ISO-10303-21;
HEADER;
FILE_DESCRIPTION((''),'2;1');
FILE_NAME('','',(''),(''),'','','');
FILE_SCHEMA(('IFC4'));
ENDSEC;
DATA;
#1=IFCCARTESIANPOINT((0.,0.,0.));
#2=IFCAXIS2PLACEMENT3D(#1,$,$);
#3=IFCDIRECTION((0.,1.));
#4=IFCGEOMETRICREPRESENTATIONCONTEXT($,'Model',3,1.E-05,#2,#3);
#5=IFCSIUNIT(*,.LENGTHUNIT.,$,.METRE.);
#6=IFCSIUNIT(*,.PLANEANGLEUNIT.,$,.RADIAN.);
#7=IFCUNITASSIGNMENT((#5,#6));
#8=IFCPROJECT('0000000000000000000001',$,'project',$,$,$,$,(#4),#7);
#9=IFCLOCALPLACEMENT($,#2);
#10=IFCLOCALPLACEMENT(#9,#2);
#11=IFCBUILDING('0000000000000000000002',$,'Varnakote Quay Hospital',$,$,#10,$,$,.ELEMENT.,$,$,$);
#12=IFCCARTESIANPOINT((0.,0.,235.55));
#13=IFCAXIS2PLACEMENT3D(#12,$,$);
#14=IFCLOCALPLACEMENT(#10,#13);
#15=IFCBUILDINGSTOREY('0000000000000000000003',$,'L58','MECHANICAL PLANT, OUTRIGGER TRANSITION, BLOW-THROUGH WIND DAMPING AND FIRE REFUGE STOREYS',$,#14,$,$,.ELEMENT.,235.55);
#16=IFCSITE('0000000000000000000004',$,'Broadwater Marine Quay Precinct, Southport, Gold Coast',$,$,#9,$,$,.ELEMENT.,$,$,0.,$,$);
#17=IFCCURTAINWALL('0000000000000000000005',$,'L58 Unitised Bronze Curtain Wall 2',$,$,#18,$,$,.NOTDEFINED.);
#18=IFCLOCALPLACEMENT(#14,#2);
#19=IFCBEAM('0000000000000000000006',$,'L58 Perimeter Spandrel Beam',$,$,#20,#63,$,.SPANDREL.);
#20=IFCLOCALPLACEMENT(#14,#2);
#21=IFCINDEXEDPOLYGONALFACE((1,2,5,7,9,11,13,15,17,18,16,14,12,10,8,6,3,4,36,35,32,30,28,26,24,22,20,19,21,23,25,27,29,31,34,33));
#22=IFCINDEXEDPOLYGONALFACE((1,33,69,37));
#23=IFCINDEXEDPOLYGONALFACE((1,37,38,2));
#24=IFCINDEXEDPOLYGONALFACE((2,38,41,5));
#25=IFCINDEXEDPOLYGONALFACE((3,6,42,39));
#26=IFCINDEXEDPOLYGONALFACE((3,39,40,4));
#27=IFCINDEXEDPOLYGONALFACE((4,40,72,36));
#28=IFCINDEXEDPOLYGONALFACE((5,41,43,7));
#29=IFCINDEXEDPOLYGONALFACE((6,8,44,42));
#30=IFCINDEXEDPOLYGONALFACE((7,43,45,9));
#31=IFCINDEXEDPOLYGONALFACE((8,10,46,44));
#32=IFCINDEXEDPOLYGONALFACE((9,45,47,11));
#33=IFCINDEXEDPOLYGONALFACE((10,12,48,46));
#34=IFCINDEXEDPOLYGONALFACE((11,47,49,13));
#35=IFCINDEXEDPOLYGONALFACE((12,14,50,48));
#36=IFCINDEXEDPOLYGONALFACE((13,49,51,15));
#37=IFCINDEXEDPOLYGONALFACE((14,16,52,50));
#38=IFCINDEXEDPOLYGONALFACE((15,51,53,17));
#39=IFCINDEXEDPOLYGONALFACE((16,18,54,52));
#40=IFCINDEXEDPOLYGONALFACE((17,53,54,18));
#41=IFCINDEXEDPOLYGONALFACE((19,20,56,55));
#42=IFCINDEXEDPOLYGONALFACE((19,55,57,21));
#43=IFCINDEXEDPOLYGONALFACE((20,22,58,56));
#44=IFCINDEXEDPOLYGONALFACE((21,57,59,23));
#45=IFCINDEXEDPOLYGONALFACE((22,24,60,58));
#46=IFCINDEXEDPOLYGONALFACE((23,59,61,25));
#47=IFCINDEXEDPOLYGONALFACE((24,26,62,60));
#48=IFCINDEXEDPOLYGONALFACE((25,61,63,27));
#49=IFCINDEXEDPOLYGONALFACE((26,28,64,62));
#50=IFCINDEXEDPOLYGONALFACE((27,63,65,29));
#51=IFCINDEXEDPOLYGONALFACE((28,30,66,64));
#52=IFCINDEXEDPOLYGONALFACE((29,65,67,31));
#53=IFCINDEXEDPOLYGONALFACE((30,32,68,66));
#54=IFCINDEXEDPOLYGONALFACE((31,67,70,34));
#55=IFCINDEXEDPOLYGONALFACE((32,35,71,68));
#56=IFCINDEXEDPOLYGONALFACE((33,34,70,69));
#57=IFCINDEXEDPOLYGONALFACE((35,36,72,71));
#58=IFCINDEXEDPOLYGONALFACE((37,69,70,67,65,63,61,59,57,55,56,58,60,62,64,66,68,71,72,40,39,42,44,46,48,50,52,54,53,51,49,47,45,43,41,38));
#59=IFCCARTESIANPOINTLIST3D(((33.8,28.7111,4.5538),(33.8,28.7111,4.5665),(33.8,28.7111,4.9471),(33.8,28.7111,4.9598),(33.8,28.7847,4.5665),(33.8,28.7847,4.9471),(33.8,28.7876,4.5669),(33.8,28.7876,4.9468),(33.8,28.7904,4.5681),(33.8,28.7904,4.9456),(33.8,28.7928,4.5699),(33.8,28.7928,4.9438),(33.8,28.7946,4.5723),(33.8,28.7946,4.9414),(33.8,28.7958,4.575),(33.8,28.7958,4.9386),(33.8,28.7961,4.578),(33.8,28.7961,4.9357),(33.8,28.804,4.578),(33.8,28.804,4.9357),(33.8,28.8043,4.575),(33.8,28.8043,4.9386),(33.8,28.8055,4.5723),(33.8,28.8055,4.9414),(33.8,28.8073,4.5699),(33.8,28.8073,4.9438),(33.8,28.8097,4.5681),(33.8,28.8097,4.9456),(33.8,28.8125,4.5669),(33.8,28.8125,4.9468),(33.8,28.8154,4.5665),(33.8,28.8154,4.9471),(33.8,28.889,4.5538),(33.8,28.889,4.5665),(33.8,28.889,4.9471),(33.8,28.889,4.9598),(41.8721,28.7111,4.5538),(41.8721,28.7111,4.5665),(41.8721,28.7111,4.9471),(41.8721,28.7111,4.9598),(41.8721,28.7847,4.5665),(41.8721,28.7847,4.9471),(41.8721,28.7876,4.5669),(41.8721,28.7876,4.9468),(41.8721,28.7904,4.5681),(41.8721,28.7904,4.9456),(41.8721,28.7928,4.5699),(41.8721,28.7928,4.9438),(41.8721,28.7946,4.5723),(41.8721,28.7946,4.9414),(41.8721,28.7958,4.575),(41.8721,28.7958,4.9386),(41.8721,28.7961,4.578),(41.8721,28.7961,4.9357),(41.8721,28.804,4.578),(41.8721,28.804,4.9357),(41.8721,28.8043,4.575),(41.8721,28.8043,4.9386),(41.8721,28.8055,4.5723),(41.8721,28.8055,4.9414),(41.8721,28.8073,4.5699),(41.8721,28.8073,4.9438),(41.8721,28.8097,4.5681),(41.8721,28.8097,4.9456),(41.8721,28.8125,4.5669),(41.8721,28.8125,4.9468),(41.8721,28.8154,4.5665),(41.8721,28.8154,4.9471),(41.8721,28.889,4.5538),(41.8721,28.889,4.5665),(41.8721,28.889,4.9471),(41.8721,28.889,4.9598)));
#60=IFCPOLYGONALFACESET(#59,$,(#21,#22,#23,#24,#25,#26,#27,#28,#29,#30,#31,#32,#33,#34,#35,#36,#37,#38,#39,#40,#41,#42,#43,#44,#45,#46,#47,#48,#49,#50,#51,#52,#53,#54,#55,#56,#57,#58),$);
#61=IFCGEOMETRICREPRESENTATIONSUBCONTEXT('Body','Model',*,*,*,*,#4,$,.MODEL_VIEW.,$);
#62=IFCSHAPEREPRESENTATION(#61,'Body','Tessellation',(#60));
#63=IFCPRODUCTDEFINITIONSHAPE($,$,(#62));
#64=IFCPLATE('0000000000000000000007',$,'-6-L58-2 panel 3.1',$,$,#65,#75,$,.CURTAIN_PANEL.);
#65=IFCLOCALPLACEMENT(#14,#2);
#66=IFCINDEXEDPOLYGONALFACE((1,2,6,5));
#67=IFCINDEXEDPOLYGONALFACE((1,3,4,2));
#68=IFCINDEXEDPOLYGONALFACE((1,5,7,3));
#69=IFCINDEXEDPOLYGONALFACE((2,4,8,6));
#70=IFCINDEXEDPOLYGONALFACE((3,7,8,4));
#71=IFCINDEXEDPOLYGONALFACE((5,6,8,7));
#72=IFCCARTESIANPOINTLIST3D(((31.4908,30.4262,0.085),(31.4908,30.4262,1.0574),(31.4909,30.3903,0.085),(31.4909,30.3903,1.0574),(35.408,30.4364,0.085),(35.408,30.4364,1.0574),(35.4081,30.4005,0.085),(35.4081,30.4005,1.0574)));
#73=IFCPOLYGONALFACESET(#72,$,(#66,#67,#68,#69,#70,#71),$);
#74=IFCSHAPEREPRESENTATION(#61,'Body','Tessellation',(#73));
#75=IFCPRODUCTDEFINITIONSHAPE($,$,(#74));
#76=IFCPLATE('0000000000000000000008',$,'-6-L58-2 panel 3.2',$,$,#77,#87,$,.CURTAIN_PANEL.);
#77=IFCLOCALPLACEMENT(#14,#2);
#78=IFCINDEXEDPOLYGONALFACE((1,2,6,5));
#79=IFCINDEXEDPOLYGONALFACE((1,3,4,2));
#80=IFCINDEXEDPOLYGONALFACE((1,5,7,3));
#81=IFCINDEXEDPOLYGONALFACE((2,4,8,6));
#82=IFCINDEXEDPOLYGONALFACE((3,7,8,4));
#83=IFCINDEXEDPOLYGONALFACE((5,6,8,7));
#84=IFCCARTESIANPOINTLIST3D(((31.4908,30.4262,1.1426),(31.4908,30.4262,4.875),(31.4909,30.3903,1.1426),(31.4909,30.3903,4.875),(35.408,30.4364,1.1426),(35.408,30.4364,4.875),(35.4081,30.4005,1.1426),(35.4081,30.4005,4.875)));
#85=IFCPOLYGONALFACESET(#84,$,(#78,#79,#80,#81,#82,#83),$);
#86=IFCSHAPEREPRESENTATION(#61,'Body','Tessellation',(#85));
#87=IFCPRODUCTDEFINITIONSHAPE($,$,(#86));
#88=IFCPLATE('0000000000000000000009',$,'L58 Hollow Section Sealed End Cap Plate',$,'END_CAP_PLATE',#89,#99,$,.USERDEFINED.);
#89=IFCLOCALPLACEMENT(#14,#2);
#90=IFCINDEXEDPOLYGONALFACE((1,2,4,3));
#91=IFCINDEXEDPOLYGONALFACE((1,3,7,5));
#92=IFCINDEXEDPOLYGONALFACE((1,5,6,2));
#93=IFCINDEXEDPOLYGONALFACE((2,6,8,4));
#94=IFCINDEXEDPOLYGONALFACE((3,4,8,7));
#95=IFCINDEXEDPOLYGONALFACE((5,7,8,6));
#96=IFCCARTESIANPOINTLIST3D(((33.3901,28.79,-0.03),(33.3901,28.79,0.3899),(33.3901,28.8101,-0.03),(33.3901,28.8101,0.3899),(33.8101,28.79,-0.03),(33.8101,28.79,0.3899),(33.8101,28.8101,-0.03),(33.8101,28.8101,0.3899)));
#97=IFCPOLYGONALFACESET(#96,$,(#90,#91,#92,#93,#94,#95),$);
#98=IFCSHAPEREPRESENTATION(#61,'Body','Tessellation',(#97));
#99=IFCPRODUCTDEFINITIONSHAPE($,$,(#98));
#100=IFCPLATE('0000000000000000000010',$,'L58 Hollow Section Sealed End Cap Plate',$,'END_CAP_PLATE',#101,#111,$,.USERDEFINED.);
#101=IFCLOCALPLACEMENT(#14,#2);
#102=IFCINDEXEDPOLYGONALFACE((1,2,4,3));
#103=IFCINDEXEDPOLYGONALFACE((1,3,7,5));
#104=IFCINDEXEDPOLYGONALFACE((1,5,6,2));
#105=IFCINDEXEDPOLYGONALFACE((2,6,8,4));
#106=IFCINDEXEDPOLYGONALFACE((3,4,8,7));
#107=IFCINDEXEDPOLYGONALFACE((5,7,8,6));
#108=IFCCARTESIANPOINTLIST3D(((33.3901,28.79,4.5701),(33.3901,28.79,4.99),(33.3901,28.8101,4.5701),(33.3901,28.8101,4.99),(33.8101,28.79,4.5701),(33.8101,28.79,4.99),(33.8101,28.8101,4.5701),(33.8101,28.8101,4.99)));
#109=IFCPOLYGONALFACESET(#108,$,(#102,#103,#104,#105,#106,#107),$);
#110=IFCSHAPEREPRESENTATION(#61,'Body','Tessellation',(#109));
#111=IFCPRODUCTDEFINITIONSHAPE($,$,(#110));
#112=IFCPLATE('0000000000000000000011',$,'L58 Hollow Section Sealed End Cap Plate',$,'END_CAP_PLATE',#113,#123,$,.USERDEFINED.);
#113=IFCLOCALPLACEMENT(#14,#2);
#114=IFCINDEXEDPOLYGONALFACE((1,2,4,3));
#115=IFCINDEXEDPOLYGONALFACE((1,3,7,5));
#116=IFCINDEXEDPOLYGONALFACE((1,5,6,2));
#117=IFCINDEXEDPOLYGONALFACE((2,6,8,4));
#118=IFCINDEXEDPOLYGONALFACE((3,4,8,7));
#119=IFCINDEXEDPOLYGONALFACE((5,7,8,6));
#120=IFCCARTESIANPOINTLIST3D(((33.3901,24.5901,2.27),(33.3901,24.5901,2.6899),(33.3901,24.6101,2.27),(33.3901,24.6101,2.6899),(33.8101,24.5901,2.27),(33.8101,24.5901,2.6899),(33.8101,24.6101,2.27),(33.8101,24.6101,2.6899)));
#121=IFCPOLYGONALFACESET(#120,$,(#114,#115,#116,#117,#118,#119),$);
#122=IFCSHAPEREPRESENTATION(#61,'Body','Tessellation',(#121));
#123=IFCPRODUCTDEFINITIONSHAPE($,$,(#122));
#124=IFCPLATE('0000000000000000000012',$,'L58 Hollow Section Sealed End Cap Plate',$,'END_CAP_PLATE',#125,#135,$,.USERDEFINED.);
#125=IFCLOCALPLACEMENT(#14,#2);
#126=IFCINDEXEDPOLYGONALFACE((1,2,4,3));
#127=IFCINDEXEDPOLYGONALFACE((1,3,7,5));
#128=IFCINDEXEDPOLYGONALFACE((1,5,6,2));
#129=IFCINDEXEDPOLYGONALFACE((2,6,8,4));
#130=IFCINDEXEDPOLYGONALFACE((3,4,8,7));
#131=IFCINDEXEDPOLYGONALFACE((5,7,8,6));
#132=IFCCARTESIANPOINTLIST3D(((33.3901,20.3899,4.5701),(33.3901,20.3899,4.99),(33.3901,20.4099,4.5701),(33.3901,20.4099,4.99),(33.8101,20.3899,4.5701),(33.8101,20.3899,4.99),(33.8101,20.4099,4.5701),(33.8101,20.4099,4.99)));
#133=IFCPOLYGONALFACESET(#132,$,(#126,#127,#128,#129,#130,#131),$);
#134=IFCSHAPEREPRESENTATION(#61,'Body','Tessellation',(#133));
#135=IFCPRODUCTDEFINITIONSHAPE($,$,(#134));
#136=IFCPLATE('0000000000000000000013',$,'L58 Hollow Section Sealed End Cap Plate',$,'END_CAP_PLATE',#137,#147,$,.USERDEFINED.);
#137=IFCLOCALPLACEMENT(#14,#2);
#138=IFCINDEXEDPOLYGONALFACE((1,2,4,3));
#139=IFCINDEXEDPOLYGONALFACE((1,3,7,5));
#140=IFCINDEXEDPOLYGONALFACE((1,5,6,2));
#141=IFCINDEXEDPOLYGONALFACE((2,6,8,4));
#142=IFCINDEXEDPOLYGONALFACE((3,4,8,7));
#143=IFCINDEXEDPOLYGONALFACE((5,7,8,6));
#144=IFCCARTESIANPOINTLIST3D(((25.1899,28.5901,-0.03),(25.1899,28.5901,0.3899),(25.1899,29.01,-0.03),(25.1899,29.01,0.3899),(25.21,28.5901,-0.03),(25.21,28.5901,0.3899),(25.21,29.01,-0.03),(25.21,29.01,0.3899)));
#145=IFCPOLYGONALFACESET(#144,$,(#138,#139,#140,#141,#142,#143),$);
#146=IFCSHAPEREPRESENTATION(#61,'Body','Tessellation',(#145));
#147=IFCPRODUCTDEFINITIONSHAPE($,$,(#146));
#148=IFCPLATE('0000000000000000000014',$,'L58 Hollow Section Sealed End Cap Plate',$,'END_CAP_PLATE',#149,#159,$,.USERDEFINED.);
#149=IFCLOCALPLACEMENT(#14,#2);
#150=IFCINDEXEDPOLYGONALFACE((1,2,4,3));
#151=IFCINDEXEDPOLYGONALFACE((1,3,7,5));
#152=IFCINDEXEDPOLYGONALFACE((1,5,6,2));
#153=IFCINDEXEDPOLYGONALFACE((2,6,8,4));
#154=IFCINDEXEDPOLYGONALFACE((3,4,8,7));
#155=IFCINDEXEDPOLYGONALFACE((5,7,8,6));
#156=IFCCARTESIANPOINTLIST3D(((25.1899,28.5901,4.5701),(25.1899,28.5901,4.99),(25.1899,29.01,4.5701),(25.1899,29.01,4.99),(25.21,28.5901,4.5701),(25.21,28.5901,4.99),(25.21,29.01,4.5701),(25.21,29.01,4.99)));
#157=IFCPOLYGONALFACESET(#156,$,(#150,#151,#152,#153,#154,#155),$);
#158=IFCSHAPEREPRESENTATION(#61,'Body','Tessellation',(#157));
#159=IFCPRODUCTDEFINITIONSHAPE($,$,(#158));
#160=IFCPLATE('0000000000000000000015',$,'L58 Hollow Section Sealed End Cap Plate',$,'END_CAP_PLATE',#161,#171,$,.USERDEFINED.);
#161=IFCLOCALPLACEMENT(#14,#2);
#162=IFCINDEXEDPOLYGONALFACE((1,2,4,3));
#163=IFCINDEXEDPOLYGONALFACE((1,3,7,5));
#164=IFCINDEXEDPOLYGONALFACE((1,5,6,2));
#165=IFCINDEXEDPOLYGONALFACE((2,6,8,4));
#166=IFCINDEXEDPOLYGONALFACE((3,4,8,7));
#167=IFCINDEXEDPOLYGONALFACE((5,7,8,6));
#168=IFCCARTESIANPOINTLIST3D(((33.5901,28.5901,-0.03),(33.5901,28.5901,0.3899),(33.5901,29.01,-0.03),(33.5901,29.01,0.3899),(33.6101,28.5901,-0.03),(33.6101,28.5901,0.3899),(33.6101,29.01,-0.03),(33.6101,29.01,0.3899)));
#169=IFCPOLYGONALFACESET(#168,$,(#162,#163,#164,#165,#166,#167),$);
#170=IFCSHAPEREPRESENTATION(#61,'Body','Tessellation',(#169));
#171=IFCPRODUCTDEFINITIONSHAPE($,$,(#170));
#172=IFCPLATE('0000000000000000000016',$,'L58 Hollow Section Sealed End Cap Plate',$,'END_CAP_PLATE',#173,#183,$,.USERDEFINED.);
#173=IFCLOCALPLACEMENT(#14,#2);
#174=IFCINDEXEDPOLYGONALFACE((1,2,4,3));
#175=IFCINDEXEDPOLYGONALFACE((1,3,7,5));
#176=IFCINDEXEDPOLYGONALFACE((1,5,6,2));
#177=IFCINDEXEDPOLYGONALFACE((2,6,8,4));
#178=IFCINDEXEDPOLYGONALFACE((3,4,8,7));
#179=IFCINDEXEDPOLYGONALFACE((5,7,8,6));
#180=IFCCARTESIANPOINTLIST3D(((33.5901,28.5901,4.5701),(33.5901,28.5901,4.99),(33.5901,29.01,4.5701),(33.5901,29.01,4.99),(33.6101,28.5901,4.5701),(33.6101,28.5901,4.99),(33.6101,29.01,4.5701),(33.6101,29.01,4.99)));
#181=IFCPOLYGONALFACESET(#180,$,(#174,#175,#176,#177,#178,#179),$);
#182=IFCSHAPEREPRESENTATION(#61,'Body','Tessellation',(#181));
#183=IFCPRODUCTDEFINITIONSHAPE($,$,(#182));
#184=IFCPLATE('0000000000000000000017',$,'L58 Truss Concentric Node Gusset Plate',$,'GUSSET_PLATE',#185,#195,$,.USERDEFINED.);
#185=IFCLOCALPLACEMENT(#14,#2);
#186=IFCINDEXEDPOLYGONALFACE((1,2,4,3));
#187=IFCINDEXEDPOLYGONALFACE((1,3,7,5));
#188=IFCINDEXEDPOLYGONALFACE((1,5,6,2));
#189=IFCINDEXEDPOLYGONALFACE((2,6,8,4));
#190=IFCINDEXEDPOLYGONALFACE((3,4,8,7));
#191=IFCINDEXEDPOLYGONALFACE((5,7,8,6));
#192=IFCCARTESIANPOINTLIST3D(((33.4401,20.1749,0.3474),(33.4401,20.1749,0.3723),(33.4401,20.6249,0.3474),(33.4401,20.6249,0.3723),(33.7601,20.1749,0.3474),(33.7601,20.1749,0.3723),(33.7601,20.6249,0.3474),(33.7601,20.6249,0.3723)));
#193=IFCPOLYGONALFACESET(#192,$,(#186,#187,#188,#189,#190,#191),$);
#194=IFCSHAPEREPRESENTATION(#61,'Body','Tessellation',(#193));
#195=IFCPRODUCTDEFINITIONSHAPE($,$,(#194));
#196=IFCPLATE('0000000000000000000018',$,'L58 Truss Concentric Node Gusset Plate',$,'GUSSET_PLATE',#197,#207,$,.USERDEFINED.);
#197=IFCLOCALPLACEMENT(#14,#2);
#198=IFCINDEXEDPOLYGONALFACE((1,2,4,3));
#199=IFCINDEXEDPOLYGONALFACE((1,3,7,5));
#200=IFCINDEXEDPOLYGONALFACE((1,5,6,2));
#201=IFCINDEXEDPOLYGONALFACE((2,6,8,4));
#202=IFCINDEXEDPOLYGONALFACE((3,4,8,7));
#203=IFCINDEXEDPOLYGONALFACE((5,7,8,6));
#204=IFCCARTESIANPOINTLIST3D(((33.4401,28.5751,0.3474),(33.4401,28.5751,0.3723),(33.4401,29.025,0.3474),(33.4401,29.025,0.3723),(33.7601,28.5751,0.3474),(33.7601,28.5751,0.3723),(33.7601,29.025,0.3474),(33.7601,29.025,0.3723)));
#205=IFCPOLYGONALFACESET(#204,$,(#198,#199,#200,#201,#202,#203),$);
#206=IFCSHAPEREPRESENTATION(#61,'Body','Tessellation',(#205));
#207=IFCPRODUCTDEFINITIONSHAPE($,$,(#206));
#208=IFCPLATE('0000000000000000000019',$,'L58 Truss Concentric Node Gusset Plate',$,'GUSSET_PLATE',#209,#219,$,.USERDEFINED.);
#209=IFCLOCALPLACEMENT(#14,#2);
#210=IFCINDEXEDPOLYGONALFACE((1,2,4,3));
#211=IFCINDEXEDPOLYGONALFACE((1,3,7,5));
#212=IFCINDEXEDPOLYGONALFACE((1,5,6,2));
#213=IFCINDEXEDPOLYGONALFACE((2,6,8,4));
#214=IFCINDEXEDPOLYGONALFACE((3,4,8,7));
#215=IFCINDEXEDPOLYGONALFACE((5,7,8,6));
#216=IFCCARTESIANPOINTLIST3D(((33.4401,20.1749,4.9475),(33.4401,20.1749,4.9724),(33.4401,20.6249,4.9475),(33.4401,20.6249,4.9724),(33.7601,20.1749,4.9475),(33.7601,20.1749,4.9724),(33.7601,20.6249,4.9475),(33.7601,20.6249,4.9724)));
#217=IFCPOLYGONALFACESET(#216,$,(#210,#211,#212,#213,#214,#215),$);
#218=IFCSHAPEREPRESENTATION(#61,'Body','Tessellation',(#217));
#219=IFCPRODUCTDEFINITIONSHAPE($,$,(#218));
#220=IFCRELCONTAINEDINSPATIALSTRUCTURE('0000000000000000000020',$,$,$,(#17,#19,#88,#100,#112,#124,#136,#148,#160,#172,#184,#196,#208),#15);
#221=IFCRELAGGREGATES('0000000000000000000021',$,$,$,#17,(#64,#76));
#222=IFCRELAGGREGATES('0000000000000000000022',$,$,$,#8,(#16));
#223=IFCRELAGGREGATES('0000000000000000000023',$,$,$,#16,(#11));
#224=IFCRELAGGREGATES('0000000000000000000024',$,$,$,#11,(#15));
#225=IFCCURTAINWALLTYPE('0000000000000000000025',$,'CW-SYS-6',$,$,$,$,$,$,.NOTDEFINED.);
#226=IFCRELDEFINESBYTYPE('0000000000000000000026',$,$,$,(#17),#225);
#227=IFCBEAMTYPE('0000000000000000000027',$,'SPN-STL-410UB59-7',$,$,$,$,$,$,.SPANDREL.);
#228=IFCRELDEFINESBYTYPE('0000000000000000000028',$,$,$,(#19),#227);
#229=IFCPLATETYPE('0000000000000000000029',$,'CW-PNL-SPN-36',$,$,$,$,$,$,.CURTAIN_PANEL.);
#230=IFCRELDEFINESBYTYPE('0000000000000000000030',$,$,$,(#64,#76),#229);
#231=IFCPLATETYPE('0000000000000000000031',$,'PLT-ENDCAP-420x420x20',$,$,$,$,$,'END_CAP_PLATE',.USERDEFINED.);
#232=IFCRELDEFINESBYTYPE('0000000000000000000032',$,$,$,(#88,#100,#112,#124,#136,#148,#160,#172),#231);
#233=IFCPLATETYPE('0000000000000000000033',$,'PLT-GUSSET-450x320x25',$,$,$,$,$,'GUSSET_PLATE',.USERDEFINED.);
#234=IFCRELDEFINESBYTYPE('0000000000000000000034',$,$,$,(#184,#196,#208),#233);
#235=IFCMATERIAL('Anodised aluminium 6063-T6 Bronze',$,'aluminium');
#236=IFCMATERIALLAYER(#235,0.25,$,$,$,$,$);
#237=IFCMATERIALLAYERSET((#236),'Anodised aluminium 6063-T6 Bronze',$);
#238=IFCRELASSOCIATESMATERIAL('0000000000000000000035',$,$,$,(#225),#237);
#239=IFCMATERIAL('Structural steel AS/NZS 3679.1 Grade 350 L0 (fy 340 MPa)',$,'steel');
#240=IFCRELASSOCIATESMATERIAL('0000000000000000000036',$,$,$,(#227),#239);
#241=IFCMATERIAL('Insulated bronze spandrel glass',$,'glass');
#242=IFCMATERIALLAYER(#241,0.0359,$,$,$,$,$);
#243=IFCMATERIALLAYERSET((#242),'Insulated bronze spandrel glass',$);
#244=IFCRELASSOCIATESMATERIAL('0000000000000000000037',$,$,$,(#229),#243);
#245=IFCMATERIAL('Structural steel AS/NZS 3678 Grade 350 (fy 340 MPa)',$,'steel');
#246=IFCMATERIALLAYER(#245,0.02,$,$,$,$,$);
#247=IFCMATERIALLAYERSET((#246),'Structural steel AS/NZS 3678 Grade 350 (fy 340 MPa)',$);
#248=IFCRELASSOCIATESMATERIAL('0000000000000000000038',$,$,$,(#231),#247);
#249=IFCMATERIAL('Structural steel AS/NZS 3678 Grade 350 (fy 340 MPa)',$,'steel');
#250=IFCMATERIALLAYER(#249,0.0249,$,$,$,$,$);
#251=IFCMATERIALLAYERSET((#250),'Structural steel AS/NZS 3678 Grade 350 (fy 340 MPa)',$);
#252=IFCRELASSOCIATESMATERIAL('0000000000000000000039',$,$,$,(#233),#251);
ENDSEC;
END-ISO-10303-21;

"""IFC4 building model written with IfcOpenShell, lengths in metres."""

from ifc_helpers import new_model, si_unit, direction, frame, origin, origin_2d, place, context, subcontext, project, spatial, rectangle, i_section, extrude, material, layer, layer_set, material_profile, profile_set, type_object, element, aggregate, save


model = new_model("IFC4")

# Units and contexts
model_context = context("Model", 3, precision=1e-05, world=origin(), true_north=direction((0.0, 1.0)))
body_context = subcontext(model_context, "Body", "Model", "MODEL_VIEW")
ifc_project = project(units=[si_unit("LENGTHUNIT", "METRE"), si_unit("PLANEANGLEUNIT", "RADIAN")], contexts=[model_context])

# Site, building, storey
site_placement = place(None, origin())
site = spatial("IfcSite", under=ifc_project, at=site_placement, Name="Broadwater Marine Quay Precinct, Southport, Gold Coast", CompositionType="ELEMENT", RefElevation=0.0)
building_placement = place(site_placement, origin())
building = spatial("IfcBuilding", under=site, at=building_placement, Name="Varnakote Quay Hospital", CompositionType="ELEMENT")
storey_placement = place(building_placement, frame((0.0, 0.0, 235.55)))
storey = spatial("IfcBuildingStorey", under=building, at=storey_placement, Name="L58", Description="MECHANICAL PLANT, OUTRIGGER TRANSITION, BLOW-THROUGH WIND DAMPING AND FIRE REFUGE STOREYS", CompositionType="ELEMENT", Elevation=235.55)

# Curtain wall
ifc_material_1 = material(Name="Anodised aluminium 6063-T6 Bronze", Category="aluminium")
ifc_layer_1 = layer(ifc_material_1, 0.25)
ifc_layer_set_1 = layer_set([ifc_layer_1], Name="Anodised aluminium 6063-T6 Bronze")
curtain_wall_type = type_object("IfcCurtainWallType", Name="CW-SYS-6", PredefinedType="NOTDEFINED", material=ifc_layer_set_1)
curtain_wall_placement = place(storey_placement, origin())
curtain_wall = element("IfcCurtainWall", 1, at=curtain_wall_placement, inside=storey, type_object=curtain_wall_type, Name="L58 Unitised Bronze Curtain Wall 2", PredefinedType="NOTDEFINED")

# Beam
ifc_material_2 = material(Name="Structural steel AS/NZS 3679.1 Grade 350 L0 (fy 340 MPa)", Category="steel")
ifc_material_profile_1 = material_profile(ifc_material_2, i_section(OverallWidth=0.178, OverallDepth=0.406, WebThickness=0.0078, FlangeThickness=0.0127, FilletRadius=0.0115, at=origin_2d()), Name="410UB59.7")
ifc_profile_set_1 = profile_set([ifc_material_profile_1], Name="Structural steel AS/NZS 3679.1 Grade 350 L0 (fy 340 MPa)")
beam_type_1 = type_object("IfcBeamType", Name="SPN-STL-410UB59-7", PredefinedType="SPANDREL", material=ifc_profile_set_1)
for number, where, z_axis, x_axis, name in (
    (2, (33.8, 28.8, 4.7568), (1.0, 0.0, 0.0), (0.0, 1.0, 0.0), "L58 Perimeter Spandrel Beam"),
):
    element("IfcBeam", number, at=place(storey_placement, frame(where, z_axis=z_axis, x_axis=x_axis)), inside=storey, type_object=beam_type_1, Name=name, PredefinedType="SPANDREL", context=body_context, shape_type="SweptSolid", body=[
        extrude(i_section(OverallWidth=0.178, OverallDepth=0.406, WebThickness=0.0078, FlangeThickness=0.0127, FilletRadius=0.0115, at=origin_2d()), origin(), (0.0, 0.0, 1.0), 8.072),
    ])

# Plates
ifc_material_3 = material(Name="Insulated bronze spandrel glass", Category="glass")
ifc_layer_2 = layer(ifc_material_3, 0.0359)
ifc_layer_set_2 = layer_set([ifc_layer_2], Name="Insulated bronze spandrel glass")
plate_type_1 = type_object("IfcPlateType", Name="CW-PNL-SPN-36", PredefinedType="CURTAIN_PANEL", material=ifc_layer_set_2)
plate_1_placement = place(storey_placement, frame((33.4495, 30.4133, 0.085), z_axis=(0.0, 0.0, 1.0), x_axis=(-0.999997, -0.002604, 0.0)))
plate_1 = element("IfcPlate", 3, at=plate_1_placement, type_object=plate_type_1, Name="-6-L58-2 panel 3.1", PredefinedType="CURTAIN_PANEL", context=body_context, shape_type="SweptSolid", body=[
    extrude(rectangle(XDim=3.9172, YDim=0.0359, at=origin_2d()), origin(), (0.0, 0.0, 1.0), 0.9724),
])
plate_2_placement = place(storey_placement, frame((33.4495, 30.4133, 1.1426), z_axis=(0.0, 0.0, 1.0), x_axis=(-0.999997, -0.002604, 0.0)))
plate_2 = element("IfcPlate", 4, at=plate_2_placement, type_object=plate_type_1, Name="-6-L58-2 panel 3.2", PredefinedType="CURTAIN_PANEL", context=body_context, shape_type="SweptSolid", body=[
    extrude(rectangle(XDim=3.9172, YDim=0.0359, at=origin_2d()), origin(), (0.0, 0.0, 1.0), 3.7324),
])
aggregate(curtain_wall, [plate_1, plate_2])

# Plates
ifc_material_4 = material(Name="Structural steel AS/NZS 3678 Grade 350 (fy 340 MPa)", Category="steel")
ifc_layer_3 = layer(ifc_material_4, 0.02)
ifc_layer_set_3 = layer_set([ifc_layer_3], Name="Structural steel AS/NZS 3678 Grade 350 (fy 340 MPa)")
plate_type_2 = type_object("IfcPlateType", Name="PLT-ENDCAP-420x420x20", ElementType="END_CAP_PLATE", PredefinedType="USERDEFINED", material=ifc_layer_set_3)
for number, where, z_axis, x_axis, name in (
    (5, (33.6001, 28.8, -0.03), (0.0, 0.0, 1.0), (0.0, 1.0, 0.0), "L58 Hollow Section Sealed End Cap Plate"),
    (6, (33.6001, 28.8, 4.5701), (0.0, 0.0, 1.0), (0.0, 1.0, 0.0), "L58 Hollow Section Sealed End Cap Plate"),
    (7, (33.6001, 24.6001, 2.27), (0.0, 0.0, 1.0), (0.0, 1.0, 0.0), "L58 Hollow Section Sealed End Cap Plate"),
    (8, (33.6001, 20.3999, 4.5701), (0.0, 0.0, 1.0), (0.0, 1.0, 0.0), "L58 Hollow Section Sealed End Cap Plate"),
    (9, (25.2, 28.8, -0.03), (0.0, 0.0, 1.0), (1.0, 0.0, 0.0), "L58 Hollow Section Sealed End Cap Plate"),
    (10, (25.2, 28.8, 4.5701), (0.0, 0.0, 1.0), (1.0, 0.0, 0.0), "L58 Hollow Section Sealed End Cap Plate"),
    (11, (33.6001, 28.8, -0.03), (0.0, 0.0, 1.0), (1.0, 0.0, 0.0), "L58 Hollow Section Sealed End Cap Plate"),
    (12, (33.6001, 28.8, 4.5701), (0.0, 0.0, 1.0), (1.0, 0.0, 0.0), "L58 Hollow Section Sealed End Cap Plate"),
):
    element("IfcPlate", number, at=place(storey_placement, frame(where, z_axis=z_axis, x_axis=x_axis)), inside=storey, type_object=plate_type_2, Name=name, ObjectType="END_CAP_PLATE", PredefinedType="USERDEFINED", context=body_context, shape_type="SweptSolid", body=[
        extrude(rectangle(XDim=0.02, YDim=0.4199, at=origin_2d()), origin(), (0.0, 0.0, 1.0), 0.4199),
    ])
ifc_material_5 = material(Name="Structural steel AS/NZS 3678 Grade 350 (fy 340 MPa)", Category="steel")
ifc_layer_4 = layer(ifc_material_5, 0.0249)
ifc_layer_set_4 = layer_set([ifc_layer_4], Name="Structural steel AS/NZS 3678 Grade 350 (fy 340 MPa)")
plate_type_3 = type_object("IfcPlateType", Name="PLT-GUSSET-450x320x25", ElementType="GUSSET_PLATE", PredefinedType="USERDEFINED", material=ifc_layer_set_4)
for number, where, z_axis, x_axis, name in (
    (13, (33.6001, 20.3999, 0.3474), (0.0, 0.0, 1.0), (0.0, 1.0, 0.0), "L58 Truss Concentric Node Gusset Plate"),
    (14, (33.6001, 28.8, 0.3474), (0.0, 0.0, 1.0), (0.0, 1.0, 0.0), "L58 Truss Concentric Node Gusset Plate"),
    (15, (33.6001, 20.3999, 4.9475), (0.0, 0.0, 1.0), (0.0, 1.0, 0.0), "L58 Truss Concentric Node Gusset Plate"),
):
    element("IfcPlate", number, at=place(storey_placement, frame(where, z_axis=z_axis, x_axis=x_axis)), inside=storey, type_object=plate_type_3, Name=name, ObjectType="GUSSET_PLATE", PredefinedType="USERDEFINED", context=body_context, shape_type="SweptSolid", body=[
        extrude(rectangle(XDim=0.45, YDim=0.3201, at=origin_2d()), origin(), (0.0, 0.0, 1.0), 0.0249),
    ])

save(model, "model.ifc")
